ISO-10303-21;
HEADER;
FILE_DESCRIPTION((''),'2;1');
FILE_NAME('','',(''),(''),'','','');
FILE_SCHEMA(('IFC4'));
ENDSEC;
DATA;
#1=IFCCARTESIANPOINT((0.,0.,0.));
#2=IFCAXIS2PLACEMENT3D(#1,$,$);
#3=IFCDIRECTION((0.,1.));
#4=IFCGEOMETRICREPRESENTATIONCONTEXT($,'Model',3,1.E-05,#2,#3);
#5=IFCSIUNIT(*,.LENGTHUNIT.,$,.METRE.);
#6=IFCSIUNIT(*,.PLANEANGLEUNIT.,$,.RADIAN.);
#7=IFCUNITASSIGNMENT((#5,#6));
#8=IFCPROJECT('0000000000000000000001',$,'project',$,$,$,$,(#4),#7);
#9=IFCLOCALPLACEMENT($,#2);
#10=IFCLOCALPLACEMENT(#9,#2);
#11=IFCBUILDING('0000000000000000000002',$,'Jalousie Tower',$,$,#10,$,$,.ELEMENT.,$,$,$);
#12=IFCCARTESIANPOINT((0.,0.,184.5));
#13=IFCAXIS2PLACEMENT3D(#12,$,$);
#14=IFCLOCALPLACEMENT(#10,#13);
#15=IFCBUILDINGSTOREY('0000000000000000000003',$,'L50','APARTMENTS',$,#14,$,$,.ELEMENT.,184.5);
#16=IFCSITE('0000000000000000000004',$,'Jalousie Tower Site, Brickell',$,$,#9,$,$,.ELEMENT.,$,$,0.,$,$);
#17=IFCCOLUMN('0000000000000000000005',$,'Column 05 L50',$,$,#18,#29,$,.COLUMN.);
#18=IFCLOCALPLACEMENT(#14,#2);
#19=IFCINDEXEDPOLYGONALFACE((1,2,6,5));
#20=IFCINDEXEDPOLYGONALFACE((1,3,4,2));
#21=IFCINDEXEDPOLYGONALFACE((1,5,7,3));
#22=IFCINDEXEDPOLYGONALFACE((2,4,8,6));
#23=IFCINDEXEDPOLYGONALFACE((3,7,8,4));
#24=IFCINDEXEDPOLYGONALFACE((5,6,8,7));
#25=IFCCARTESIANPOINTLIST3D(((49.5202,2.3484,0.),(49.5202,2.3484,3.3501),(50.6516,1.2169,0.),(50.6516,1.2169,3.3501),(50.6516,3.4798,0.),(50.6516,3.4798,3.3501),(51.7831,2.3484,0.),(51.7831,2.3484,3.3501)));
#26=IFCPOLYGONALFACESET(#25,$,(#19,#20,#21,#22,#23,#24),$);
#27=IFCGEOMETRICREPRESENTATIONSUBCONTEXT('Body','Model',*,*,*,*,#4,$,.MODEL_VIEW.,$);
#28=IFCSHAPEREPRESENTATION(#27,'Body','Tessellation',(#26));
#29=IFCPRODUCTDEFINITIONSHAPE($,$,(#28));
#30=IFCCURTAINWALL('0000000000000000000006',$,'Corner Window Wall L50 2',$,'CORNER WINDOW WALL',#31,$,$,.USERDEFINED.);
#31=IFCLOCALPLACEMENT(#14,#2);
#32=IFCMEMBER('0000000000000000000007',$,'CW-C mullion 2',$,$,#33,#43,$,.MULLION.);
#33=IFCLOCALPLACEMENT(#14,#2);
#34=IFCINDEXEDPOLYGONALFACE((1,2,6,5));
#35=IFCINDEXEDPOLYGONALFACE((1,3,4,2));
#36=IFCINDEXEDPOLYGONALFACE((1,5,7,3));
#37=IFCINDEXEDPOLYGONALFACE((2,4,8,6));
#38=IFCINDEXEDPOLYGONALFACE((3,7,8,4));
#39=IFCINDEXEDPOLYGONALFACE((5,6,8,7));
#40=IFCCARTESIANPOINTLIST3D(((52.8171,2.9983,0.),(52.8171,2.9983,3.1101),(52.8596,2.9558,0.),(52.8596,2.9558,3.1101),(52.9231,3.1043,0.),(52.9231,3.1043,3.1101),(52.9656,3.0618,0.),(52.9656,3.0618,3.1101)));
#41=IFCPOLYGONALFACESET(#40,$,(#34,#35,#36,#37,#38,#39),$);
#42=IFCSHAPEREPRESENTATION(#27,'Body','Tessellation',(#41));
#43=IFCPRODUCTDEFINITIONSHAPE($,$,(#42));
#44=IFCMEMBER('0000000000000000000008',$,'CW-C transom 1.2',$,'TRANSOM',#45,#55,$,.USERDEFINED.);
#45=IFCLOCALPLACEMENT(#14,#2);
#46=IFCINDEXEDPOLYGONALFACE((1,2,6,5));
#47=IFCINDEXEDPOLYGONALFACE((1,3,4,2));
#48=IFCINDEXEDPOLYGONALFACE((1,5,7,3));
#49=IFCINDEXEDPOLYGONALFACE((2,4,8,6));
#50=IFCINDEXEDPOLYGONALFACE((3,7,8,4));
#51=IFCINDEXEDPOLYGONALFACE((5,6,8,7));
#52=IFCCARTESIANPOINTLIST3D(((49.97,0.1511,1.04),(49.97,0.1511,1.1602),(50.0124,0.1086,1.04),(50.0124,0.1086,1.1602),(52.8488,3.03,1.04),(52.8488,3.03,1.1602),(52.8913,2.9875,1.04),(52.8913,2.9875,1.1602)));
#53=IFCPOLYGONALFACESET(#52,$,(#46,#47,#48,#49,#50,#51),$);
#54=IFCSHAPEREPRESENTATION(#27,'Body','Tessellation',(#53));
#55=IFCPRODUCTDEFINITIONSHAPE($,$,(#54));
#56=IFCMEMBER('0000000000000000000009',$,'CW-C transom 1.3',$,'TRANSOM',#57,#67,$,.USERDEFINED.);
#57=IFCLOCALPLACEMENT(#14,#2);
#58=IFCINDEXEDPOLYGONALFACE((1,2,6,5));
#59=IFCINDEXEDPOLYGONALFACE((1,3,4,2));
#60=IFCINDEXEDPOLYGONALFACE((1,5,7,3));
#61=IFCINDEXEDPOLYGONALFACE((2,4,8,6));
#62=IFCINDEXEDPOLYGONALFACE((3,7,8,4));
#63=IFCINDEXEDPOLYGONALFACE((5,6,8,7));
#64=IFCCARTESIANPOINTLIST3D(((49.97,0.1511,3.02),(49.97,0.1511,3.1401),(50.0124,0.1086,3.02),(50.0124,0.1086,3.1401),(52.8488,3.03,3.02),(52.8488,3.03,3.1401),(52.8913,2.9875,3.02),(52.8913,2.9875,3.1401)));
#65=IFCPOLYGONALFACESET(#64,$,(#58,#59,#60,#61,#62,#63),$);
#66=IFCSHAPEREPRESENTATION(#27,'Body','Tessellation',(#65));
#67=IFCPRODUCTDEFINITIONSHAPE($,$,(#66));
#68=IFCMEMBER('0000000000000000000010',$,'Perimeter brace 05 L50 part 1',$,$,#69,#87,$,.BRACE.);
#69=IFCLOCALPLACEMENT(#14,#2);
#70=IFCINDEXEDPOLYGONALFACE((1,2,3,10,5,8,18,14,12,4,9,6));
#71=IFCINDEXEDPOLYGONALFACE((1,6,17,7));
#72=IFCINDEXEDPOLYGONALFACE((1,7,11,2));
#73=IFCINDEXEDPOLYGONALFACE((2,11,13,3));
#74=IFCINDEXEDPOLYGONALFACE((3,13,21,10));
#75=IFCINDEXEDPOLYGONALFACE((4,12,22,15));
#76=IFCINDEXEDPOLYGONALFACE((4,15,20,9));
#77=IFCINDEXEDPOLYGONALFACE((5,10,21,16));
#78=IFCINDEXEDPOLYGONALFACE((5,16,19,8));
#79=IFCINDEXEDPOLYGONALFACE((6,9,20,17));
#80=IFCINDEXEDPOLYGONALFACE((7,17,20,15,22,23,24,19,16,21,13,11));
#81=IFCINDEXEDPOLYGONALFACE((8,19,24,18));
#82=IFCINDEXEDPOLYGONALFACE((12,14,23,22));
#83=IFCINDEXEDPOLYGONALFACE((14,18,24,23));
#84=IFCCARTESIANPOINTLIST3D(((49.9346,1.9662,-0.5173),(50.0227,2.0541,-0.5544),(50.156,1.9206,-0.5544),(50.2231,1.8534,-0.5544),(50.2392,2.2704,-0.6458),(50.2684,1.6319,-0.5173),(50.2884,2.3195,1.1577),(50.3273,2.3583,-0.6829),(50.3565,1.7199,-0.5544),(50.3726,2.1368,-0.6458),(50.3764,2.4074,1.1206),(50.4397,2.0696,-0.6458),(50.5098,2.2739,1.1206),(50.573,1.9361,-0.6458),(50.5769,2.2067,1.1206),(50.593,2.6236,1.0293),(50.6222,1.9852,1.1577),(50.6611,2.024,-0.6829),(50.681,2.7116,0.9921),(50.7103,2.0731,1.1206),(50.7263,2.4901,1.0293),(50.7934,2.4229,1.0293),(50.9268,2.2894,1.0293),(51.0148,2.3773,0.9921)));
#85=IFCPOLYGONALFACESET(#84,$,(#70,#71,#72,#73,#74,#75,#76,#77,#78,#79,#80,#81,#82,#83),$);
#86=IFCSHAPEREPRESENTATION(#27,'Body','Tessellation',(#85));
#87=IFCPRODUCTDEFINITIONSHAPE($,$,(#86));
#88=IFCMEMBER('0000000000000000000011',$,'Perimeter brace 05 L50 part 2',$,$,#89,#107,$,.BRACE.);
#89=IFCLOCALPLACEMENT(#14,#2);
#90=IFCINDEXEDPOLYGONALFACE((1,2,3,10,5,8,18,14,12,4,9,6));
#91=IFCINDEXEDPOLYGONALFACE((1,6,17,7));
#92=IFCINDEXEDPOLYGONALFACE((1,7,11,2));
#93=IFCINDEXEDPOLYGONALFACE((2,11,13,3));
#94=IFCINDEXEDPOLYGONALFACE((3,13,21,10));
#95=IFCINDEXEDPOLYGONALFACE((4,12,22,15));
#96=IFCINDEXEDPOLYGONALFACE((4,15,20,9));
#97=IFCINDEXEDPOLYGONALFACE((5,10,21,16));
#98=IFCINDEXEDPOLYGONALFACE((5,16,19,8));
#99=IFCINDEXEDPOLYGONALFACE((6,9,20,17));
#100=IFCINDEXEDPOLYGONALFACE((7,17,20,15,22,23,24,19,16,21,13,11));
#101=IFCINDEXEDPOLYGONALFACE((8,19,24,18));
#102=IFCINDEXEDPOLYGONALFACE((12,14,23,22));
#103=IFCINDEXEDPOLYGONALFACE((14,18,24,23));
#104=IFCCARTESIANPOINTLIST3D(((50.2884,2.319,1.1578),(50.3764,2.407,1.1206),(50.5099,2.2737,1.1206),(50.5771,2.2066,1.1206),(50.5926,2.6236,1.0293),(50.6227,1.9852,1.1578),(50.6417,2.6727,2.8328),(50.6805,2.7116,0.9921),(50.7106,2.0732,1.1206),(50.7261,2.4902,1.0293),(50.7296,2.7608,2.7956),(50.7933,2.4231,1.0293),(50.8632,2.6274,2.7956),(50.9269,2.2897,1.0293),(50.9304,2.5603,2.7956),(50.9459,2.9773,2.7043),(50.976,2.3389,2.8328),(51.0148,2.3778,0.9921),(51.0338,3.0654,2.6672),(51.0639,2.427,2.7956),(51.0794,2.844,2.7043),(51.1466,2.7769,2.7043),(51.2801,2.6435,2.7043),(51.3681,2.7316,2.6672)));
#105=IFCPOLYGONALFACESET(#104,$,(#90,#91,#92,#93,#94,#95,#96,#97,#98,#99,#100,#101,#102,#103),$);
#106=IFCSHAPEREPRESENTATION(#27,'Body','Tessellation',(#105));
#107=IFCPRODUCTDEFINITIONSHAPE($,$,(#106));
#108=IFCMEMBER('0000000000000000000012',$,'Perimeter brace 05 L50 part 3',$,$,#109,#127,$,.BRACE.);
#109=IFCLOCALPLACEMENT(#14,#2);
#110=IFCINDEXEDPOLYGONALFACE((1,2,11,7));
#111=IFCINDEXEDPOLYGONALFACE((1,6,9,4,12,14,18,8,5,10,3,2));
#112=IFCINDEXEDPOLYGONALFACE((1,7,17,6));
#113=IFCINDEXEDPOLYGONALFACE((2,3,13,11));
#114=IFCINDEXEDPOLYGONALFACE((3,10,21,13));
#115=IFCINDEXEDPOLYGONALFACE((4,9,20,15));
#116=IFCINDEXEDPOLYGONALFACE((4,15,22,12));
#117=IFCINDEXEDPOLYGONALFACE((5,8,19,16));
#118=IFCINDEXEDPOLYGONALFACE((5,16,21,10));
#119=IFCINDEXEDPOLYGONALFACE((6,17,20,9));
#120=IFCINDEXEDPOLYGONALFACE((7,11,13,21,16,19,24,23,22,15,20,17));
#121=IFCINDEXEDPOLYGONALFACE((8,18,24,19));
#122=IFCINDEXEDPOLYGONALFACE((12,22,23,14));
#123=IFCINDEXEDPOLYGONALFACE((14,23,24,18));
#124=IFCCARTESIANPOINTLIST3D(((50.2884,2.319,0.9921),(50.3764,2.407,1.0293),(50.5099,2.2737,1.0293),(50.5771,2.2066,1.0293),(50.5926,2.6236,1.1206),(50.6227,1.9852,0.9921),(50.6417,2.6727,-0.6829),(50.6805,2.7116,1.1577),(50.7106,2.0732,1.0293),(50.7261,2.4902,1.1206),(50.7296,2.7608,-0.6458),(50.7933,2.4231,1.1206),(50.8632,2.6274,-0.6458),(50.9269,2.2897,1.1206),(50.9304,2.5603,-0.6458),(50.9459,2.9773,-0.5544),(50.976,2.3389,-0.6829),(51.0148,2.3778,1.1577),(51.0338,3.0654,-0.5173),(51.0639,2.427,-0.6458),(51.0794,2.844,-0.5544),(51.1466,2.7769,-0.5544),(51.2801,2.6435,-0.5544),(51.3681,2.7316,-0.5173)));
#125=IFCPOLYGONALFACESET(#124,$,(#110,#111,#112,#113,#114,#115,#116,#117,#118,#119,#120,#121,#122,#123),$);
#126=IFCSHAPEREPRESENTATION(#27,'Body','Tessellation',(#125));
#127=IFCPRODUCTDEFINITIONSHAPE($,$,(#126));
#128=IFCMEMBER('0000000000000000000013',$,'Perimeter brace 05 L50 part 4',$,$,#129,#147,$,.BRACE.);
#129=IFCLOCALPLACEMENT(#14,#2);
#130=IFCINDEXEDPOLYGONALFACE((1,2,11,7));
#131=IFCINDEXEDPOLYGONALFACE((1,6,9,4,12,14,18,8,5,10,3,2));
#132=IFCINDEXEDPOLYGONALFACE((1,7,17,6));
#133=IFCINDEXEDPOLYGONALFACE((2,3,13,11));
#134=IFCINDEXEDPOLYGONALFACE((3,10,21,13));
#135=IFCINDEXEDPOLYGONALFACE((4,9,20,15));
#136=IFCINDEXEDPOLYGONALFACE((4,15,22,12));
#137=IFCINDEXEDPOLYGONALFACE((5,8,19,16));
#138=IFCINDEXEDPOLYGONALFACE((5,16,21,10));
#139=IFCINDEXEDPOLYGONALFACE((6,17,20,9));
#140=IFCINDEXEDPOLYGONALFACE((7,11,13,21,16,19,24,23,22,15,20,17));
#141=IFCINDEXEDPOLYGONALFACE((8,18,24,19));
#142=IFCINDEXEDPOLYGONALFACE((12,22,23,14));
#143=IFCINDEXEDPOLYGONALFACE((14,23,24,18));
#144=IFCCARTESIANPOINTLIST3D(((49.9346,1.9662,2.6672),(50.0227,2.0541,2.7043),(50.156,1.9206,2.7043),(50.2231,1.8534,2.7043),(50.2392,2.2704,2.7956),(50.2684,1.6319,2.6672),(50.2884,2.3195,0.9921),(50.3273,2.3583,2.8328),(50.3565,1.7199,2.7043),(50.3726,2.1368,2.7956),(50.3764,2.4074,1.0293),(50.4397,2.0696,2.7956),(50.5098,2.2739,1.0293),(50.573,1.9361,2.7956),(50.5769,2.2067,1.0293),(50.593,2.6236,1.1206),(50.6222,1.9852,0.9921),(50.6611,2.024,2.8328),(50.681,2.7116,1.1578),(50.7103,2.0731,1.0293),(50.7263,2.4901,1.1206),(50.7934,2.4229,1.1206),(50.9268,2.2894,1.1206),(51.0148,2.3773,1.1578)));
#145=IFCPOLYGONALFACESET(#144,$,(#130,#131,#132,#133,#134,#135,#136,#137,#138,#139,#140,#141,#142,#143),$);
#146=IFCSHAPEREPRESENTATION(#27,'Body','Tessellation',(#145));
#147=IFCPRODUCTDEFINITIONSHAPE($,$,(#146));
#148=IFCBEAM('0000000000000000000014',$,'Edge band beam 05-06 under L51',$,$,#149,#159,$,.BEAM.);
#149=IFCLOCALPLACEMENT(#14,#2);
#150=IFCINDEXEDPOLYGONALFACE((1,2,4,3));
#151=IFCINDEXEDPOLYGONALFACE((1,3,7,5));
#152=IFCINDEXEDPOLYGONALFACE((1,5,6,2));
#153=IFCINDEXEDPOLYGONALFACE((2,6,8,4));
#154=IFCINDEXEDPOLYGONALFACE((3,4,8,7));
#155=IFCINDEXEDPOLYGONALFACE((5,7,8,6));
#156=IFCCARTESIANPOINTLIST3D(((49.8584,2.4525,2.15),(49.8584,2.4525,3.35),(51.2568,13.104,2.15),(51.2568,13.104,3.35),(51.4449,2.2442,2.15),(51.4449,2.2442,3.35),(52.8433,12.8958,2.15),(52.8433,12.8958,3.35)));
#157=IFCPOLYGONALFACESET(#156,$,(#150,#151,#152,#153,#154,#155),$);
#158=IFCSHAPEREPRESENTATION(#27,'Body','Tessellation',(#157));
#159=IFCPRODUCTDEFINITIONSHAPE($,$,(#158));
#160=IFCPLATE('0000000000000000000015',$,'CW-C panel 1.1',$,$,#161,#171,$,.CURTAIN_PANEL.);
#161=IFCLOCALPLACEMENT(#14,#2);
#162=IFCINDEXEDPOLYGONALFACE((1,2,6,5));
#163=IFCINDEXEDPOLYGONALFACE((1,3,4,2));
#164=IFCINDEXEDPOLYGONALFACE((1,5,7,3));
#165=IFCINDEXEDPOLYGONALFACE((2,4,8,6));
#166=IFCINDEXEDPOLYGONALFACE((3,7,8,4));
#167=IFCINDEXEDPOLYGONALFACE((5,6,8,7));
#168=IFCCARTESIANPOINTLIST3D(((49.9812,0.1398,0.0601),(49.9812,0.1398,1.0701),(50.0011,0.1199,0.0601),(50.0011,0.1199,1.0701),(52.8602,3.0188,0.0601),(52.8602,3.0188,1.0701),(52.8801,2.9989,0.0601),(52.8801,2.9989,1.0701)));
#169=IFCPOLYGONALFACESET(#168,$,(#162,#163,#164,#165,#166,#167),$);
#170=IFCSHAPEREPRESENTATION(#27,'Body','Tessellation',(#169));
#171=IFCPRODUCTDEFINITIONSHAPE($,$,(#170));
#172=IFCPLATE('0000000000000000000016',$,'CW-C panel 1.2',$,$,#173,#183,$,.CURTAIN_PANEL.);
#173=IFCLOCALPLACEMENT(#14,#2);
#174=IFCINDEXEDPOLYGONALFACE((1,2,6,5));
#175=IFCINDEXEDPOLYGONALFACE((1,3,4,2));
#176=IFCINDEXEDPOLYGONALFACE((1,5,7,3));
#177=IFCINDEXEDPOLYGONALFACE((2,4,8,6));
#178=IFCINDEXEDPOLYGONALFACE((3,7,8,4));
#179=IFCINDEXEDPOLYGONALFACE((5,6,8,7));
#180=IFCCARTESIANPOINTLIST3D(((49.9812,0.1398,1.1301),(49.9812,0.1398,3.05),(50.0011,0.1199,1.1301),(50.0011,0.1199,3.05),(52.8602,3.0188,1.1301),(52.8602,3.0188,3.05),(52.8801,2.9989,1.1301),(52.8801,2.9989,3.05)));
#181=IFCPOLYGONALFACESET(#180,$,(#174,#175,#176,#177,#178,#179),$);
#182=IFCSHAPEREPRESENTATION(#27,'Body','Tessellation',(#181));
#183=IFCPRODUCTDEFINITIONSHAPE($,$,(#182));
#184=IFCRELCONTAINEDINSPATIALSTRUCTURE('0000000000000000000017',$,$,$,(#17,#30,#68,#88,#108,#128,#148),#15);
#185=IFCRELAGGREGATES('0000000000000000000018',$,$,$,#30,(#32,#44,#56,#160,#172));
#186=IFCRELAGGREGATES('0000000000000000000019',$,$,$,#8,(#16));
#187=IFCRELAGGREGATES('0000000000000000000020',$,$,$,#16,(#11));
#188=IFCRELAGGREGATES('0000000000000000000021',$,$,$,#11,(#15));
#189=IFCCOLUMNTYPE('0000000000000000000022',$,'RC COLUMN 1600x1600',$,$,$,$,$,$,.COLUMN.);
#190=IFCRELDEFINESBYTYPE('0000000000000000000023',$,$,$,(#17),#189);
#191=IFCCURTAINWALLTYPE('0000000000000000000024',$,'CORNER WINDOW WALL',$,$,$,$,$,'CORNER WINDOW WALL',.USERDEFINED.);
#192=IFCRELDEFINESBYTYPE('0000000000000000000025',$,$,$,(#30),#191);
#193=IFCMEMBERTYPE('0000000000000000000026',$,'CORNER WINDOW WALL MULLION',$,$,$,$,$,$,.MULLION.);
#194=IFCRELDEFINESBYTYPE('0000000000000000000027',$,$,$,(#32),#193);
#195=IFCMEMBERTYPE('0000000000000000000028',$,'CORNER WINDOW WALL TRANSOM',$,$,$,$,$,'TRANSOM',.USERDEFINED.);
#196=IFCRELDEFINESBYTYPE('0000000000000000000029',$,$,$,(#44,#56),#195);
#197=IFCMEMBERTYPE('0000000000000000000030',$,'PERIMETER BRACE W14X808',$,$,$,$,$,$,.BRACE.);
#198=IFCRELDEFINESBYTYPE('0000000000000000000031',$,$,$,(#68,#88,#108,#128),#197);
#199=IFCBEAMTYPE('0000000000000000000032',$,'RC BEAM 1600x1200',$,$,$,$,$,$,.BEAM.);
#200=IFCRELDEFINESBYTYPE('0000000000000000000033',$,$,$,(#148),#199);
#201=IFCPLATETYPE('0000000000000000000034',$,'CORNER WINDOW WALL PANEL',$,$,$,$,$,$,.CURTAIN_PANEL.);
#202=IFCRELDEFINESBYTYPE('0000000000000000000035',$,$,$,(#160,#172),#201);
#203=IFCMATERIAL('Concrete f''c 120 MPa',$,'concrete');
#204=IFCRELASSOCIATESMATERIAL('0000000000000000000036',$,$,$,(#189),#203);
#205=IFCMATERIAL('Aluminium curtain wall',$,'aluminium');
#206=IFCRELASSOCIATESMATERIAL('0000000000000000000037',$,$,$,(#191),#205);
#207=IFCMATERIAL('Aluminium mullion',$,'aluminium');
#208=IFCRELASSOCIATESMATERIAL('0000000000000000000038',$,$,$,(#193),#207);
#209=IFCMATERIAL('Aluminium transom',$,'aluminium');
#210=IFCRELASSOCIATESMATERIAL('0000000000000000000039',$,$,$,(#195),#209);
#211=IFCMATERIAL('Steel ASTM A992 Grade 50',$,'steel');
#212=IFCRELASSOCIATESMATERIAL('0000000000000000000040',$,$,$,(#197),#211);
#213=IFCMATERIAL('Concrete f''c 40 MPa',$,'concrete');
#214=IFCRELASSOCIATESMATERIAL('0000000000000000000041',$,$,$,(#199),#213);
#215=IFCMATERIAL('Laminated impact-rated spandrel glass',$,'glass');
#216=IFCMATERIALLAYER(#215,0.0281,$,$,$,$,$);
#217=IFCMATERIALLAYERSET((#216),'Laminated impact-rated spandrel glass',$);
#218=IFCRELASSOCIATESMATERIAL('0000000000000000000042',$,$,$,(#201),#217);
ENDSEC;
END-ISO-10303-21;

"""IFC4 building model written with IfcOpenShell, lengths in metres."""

from ifc_helpers import new_model, si_unit, direction, frame, origin, origin_2d, place, context, subcontext, project, spatial, rectangle, i_section, extrude, material, layer, layer_set, material_profile, profile_set, type_object, element, aggregate, save


model = new_model("IFC4")

# Units and contexts
model_context = context("Model", 3, precision=1e-05, world=origin(), true_north=direction((0.0, 1.0)))
body_context = subcontext(model_context, "Body", "Model", "MODEL_VIEW")
ifc_project = project(units=[si_unit("LENGTHUNIT", "METRE"), si_unit("PLANEANGLEUNIT", "RADIAN")], contexts=[model_context])

# Site, building, storey
site_placement = place(None, origin())
site = spatial("IfcSite", under=ifc_project, at=site_placement, Name="Jalousie Tower Site, Brickell", CompositionType="ELEMENT", RefElevation=0.0)
building_placement = place(site_placement, origin())
building = spatial("IfcBuilding", under=site, at=building_placement, Name="Jalousie Tower", CompositionType="ELEMENT")
storey_placement = place(building_placement, frame((0.0, 0.0, 184.5)))
storey = spatial("IfcBuildingStorey", under=building, at=storey_placement, Name="L50", Description="APARTMENTS", CompositionType="ELEMENT", Elevation=184.5)

# Column
ifc_material_1 = material(Name="Concrete f'c 120 MPa", Category="concrete")
ifc_material_profile_1 = material_profile(ifc_material_1, rectangle(XDim=1.6001, YDim=1.6001, at=origin_2d()), Name="RC 1600x1600")
ifc_profile_set_1 = profile_set([ifc_material_profile_1], Name="Concrete f'c 120 MPa")
column_type = type_object("IfcColumnType", Name="RC COLUMN 1600x1600", PredefinedType="COLUMN", material=ifc_profile_set_1)
column_placement = place(storey_placement, frame((50.6516, 2.3484, 0.0), z_axis=(0.0, 0.0, 1.0), x_axis=(0.707107, 0.707107, 0.0)))
element("IfcColumn", 1, at=column_placement, inside=storey, type_object=column_type, Name="Column 05 L50", PredefinedType="COLUMN", context=body_context, shape_type="SweptSolid", body=[
    extrude(rectangle(XDim=1.6001, YDim=1.6001, at=origin_2d()), origin(), (0.0, 0.0, 1.0), 3.3501),
])

# Curtain wall, members
ifc_material_2 = material(Name="Aluminium curtain wall", Category="aluminium")
curtain_wall_type = type_object("IfcCurtainWallType", Name="CORNER WINDOW WALL", ElementType="CORNER WINDOW WALL", PredefinedType="USERDEFINED", material=ifc_material_2)
curtain_wall_placement = place(storey_placement, origin())
curtain_wall = element("IfcCurtainWall", 2, at=curtain_wall_placement, inside=storey, type_object=curtain_wall_type, Name="Corner Window Wall L50 2", ObjectType="CORNER WINDOW WALL", PredefinedType="USERDEFINED")
ifc_material_3 = material(Name="Aluminium mullion", Category="aluminium")
ifc_material_profile_2 = material_profile(ifc_material_3, rectangle(XDim=0.0601, YDim=0.1499, at=origin_2d()), Name="MULLION 60x150")
ifc_profile_set_2 = profile_set([ifc_material_profile_2], Name="Aluminium mullion")
member_type_1 = type_object("IfcMemberType", Name="CORNER WINDOW WALL MULLION", PredefinedType="MULLION", material=ifc_profile_set_2)
member_1_placement = place(storey_placement, frame((52.8914, 3.03, 0.0), z_axis=(0.0, 0.0, 1.0), x_axis=(-0.707107, 0.707107, 0.0)))
member_1 = element("IfcMember", 3, at=member_1_placement, type_object=member_type_1, Name="CW-C mullion 2", PredefinedType="MULLION", context=body_context, shape_type="SweptSolid", body=[
    extrude(rectangle(XDim=0.0601, YDim=0.1499, at=origin_2d()), origin(), (0.0, 0.0, 1.0), 3.1101),
])
ifc_material_4 = material(Name="Aluminium transom", Category="aluminium")
ifc_material_profile_3 = material_profile(ifc_material_4, rectangle(XDim=0.0601, YDim=0.1201, at=origin_2d()), Name="TRANSOM 60x120")
ifc_profile_set_3 = profile_set([ifc_material_profile_3], Name="Aluminium transom")
member_type_2 = type_object("IfcMemberType", Name="CORNER WINDOW WALL TRANSOM", ElementType="TRANSOM", PredefinedType="USERDEFINED", material=ifc_profile_set_3)
member_2_placement = place(storey_placement, frame((49.9912, 0.1299, 1.1001), z_axis=(0.707107, 0.707107, 0.0), x_axis=(-0.707107, 0.707107, 0.0)))
member_2 = element("IfcMember", 4, at=member_2_placement, type_object=member_type_2, Name="CW-C transom 1.2", ObjectType="TRANSOM", PredefinedType="USERDEFINED", context=body_context, shape_type="SweptSolid", body=[
    extrude(rectangle(XDim=0.0601, YDim=0.1201, at=origin_2d()), origin(), (0.0, 0.0, 1.0), 4.0713),
])
member_3_placement = place(storey_placement, frame((49.9912, 0.1299, 3.0801), z_axis=(0.707107, 0.707107, 0.0), x_axis=(-0.707107, 0.707107, 0.0)))
member_3 = element("IfcMember", 5, at=member_3_placement, type_object=member_type_2, Name="CW-C transom 1.3", ObjectType="TRANSOM", PredefinedType="USERDEFINED", context=body_context, shape_type="SweptSolid", body=[
    extrude(rectangle(XDim=0.0601, YDim=0.1201, at=origin_2d()), origin(), (0.0, 0.0, 1.0), 4.0713),
])

# Members
ifc_material_5 = material(Name="Steel ASTM A992 Grade 50", Category="steel")
ifc_material_profile_4 = material_profile(ifc_material_5, i_section(OverallWidth=0.4724, OverallDepth=0.5791, WebThickness=0.095, FlangeThickness=0.1299, at=origin_2d()), Name="W14X808")
ifc_profile_set_4 = profile_set([ifc_material_profile_4], Name="Steel ASTM A992 Grade 50")
member_type_3 = type_object("IfcMemberType", Name="PERIMETER BRACE W14X808", PredefinedType="BRACE", material=ifc_profile_set_4)
for number, where, z_axis, x_axis, name in (
    (6, (50.2979, 1.9951, -0.6001), (0.202372, 0.202093, 0.95823), (-0.706618, 0.707595, 0.0), "Perimeter brace 05 L50 part 1"),
    (7, (50.6516, 2.3484, 1.075), (0.202093, 0.202372, 0.95823), (-0.707595, 0.706618, 0.0), "Perimeter brace 05 L50 part 2"),
    (8, (51.0049, 2.7021, -0.6001), (-0.202093, -0.202372, 0.95823), (0.707595, -0.706618, 0.0), "Perimeter brace 05 L50 part 3"),
    (9, (50.6516, 2.3484, 1.075), (-0.202372, -0.202093, 0.95823), (0.706618, -0.707595, 0.0), "Perimeter brace 05 L50 part 4"),
):
    element("IfcMember", number, at=place(storey_placement, frame(where, z_axis=z_axis, x_axis=x_axis)), inside=storey, type_object=member_type_3, Name=name, PredefinedType="BRACE", context=body_context, shape_type="SweptSolid", body=[
        extrude(i_section(OverallWidth=0.4724, OverallDepth=0.5791, WebThickness=0.095, FlangeThickness=0.1299, at=origin_2d()), origin(), (0.0, 0.0, 1.0), 1.748),
    ])

# Beam
ifc_material_6 = material(Name="Concrete f'c 40 MPa", Category="concrete")
ifc_material_profile_5 = material_profile(ifc_material_6, rectangle(XDim=1.6001, YDim=1.2, at=origin_2d()), Name="RC 1600x1200")
ifc_profile_set_5 = profile_set([ifc_material_profile_5], Name="Concrete f'c 40 MPa")
beam_type = type_object("IfcBeamType", Name="RC BEAM 1600x1200", PredefinedType="BEAM", material=ifc_profile_set_5)
beam_placement = place(storey_placement, frame((50.6516, 2.3484, 2.75), z_axis=(0.130172, 0.991491, 0.0), x_axis=(-0.991491, 0.130172, 0.0)))
element("IfcBeam", 10, at=beam_placement, inside=storey, type_object=beam_type, Name="Edge band beam 05-06 under L51", PredefinedType="BEAM", context=body_context, shape_type="SweptSolid", body=[
    extrude(rectangle(XDim=1.6001, YDim=1.2, at=origin_2d()), origin(), (0.0, 0.0, 1.0), 10.7429),
])

# Plates
ifc_material_7 = material(Name="Laminated impact-rated spandrel glass", Category="glass")
ifc_layer = layer(ifc_material_7, 0.0281)
ifc_layer_set = layer_set([ifc_layer], Name="Laminated impact-rated spandrel glass")
plate_type = type_object("IfcPlateType", Name="CORNER WINDOW WALL PANEL", PredefinedType="CURTAIN_PANEL", material=ifc_layer_set)
plate_1_placement = place(storey_placement, frame((51.4307, 1.5693, 0.0601), z_axis=(0.0, 0.0, 1.0), x_axis=(0.707107, 0.707107, 0.0)))
plate_1 = element("IfcPlate", 11, at=plate_1_placement, type_object=plate_type, Name="CW-C panel 1.1", PredefinedType="CURTAIN_PANEL", context=body_context, shape_type="SweptSolid", body=[
    extrude(rectangle(XDim=4.0715, YDim=0.0281, at=origin_2d()), origin(), (0.0, 0.0, 1.0), 1.01),
])
plate_2_placement = place(storey_placement, frame((51.4307, 1.5693, 1.1301), z_axis=(0.0, 0.0, 1.0), x_axis=(0.707107, 0.707107, 0.0)))
plate_2 = element("IfcPlate", 12, at=plate_2_placement, type_object=plate_type, Name="CW-C panel 1.2", PredefinedType="CURTAIN_PANEL", context=body_context, shape_type="SweptSolid", body=[
    extrude(rectangle(XDim=4.0715, YDim=0.0281, at=origin_2d()), origin(), (0.0, 0.0, 1.0), 1.9199),
])
aggregate(curtain_wall, [member_1, member_2, member_3, plate_1, plate_2])

save(model, "model.ifc")
